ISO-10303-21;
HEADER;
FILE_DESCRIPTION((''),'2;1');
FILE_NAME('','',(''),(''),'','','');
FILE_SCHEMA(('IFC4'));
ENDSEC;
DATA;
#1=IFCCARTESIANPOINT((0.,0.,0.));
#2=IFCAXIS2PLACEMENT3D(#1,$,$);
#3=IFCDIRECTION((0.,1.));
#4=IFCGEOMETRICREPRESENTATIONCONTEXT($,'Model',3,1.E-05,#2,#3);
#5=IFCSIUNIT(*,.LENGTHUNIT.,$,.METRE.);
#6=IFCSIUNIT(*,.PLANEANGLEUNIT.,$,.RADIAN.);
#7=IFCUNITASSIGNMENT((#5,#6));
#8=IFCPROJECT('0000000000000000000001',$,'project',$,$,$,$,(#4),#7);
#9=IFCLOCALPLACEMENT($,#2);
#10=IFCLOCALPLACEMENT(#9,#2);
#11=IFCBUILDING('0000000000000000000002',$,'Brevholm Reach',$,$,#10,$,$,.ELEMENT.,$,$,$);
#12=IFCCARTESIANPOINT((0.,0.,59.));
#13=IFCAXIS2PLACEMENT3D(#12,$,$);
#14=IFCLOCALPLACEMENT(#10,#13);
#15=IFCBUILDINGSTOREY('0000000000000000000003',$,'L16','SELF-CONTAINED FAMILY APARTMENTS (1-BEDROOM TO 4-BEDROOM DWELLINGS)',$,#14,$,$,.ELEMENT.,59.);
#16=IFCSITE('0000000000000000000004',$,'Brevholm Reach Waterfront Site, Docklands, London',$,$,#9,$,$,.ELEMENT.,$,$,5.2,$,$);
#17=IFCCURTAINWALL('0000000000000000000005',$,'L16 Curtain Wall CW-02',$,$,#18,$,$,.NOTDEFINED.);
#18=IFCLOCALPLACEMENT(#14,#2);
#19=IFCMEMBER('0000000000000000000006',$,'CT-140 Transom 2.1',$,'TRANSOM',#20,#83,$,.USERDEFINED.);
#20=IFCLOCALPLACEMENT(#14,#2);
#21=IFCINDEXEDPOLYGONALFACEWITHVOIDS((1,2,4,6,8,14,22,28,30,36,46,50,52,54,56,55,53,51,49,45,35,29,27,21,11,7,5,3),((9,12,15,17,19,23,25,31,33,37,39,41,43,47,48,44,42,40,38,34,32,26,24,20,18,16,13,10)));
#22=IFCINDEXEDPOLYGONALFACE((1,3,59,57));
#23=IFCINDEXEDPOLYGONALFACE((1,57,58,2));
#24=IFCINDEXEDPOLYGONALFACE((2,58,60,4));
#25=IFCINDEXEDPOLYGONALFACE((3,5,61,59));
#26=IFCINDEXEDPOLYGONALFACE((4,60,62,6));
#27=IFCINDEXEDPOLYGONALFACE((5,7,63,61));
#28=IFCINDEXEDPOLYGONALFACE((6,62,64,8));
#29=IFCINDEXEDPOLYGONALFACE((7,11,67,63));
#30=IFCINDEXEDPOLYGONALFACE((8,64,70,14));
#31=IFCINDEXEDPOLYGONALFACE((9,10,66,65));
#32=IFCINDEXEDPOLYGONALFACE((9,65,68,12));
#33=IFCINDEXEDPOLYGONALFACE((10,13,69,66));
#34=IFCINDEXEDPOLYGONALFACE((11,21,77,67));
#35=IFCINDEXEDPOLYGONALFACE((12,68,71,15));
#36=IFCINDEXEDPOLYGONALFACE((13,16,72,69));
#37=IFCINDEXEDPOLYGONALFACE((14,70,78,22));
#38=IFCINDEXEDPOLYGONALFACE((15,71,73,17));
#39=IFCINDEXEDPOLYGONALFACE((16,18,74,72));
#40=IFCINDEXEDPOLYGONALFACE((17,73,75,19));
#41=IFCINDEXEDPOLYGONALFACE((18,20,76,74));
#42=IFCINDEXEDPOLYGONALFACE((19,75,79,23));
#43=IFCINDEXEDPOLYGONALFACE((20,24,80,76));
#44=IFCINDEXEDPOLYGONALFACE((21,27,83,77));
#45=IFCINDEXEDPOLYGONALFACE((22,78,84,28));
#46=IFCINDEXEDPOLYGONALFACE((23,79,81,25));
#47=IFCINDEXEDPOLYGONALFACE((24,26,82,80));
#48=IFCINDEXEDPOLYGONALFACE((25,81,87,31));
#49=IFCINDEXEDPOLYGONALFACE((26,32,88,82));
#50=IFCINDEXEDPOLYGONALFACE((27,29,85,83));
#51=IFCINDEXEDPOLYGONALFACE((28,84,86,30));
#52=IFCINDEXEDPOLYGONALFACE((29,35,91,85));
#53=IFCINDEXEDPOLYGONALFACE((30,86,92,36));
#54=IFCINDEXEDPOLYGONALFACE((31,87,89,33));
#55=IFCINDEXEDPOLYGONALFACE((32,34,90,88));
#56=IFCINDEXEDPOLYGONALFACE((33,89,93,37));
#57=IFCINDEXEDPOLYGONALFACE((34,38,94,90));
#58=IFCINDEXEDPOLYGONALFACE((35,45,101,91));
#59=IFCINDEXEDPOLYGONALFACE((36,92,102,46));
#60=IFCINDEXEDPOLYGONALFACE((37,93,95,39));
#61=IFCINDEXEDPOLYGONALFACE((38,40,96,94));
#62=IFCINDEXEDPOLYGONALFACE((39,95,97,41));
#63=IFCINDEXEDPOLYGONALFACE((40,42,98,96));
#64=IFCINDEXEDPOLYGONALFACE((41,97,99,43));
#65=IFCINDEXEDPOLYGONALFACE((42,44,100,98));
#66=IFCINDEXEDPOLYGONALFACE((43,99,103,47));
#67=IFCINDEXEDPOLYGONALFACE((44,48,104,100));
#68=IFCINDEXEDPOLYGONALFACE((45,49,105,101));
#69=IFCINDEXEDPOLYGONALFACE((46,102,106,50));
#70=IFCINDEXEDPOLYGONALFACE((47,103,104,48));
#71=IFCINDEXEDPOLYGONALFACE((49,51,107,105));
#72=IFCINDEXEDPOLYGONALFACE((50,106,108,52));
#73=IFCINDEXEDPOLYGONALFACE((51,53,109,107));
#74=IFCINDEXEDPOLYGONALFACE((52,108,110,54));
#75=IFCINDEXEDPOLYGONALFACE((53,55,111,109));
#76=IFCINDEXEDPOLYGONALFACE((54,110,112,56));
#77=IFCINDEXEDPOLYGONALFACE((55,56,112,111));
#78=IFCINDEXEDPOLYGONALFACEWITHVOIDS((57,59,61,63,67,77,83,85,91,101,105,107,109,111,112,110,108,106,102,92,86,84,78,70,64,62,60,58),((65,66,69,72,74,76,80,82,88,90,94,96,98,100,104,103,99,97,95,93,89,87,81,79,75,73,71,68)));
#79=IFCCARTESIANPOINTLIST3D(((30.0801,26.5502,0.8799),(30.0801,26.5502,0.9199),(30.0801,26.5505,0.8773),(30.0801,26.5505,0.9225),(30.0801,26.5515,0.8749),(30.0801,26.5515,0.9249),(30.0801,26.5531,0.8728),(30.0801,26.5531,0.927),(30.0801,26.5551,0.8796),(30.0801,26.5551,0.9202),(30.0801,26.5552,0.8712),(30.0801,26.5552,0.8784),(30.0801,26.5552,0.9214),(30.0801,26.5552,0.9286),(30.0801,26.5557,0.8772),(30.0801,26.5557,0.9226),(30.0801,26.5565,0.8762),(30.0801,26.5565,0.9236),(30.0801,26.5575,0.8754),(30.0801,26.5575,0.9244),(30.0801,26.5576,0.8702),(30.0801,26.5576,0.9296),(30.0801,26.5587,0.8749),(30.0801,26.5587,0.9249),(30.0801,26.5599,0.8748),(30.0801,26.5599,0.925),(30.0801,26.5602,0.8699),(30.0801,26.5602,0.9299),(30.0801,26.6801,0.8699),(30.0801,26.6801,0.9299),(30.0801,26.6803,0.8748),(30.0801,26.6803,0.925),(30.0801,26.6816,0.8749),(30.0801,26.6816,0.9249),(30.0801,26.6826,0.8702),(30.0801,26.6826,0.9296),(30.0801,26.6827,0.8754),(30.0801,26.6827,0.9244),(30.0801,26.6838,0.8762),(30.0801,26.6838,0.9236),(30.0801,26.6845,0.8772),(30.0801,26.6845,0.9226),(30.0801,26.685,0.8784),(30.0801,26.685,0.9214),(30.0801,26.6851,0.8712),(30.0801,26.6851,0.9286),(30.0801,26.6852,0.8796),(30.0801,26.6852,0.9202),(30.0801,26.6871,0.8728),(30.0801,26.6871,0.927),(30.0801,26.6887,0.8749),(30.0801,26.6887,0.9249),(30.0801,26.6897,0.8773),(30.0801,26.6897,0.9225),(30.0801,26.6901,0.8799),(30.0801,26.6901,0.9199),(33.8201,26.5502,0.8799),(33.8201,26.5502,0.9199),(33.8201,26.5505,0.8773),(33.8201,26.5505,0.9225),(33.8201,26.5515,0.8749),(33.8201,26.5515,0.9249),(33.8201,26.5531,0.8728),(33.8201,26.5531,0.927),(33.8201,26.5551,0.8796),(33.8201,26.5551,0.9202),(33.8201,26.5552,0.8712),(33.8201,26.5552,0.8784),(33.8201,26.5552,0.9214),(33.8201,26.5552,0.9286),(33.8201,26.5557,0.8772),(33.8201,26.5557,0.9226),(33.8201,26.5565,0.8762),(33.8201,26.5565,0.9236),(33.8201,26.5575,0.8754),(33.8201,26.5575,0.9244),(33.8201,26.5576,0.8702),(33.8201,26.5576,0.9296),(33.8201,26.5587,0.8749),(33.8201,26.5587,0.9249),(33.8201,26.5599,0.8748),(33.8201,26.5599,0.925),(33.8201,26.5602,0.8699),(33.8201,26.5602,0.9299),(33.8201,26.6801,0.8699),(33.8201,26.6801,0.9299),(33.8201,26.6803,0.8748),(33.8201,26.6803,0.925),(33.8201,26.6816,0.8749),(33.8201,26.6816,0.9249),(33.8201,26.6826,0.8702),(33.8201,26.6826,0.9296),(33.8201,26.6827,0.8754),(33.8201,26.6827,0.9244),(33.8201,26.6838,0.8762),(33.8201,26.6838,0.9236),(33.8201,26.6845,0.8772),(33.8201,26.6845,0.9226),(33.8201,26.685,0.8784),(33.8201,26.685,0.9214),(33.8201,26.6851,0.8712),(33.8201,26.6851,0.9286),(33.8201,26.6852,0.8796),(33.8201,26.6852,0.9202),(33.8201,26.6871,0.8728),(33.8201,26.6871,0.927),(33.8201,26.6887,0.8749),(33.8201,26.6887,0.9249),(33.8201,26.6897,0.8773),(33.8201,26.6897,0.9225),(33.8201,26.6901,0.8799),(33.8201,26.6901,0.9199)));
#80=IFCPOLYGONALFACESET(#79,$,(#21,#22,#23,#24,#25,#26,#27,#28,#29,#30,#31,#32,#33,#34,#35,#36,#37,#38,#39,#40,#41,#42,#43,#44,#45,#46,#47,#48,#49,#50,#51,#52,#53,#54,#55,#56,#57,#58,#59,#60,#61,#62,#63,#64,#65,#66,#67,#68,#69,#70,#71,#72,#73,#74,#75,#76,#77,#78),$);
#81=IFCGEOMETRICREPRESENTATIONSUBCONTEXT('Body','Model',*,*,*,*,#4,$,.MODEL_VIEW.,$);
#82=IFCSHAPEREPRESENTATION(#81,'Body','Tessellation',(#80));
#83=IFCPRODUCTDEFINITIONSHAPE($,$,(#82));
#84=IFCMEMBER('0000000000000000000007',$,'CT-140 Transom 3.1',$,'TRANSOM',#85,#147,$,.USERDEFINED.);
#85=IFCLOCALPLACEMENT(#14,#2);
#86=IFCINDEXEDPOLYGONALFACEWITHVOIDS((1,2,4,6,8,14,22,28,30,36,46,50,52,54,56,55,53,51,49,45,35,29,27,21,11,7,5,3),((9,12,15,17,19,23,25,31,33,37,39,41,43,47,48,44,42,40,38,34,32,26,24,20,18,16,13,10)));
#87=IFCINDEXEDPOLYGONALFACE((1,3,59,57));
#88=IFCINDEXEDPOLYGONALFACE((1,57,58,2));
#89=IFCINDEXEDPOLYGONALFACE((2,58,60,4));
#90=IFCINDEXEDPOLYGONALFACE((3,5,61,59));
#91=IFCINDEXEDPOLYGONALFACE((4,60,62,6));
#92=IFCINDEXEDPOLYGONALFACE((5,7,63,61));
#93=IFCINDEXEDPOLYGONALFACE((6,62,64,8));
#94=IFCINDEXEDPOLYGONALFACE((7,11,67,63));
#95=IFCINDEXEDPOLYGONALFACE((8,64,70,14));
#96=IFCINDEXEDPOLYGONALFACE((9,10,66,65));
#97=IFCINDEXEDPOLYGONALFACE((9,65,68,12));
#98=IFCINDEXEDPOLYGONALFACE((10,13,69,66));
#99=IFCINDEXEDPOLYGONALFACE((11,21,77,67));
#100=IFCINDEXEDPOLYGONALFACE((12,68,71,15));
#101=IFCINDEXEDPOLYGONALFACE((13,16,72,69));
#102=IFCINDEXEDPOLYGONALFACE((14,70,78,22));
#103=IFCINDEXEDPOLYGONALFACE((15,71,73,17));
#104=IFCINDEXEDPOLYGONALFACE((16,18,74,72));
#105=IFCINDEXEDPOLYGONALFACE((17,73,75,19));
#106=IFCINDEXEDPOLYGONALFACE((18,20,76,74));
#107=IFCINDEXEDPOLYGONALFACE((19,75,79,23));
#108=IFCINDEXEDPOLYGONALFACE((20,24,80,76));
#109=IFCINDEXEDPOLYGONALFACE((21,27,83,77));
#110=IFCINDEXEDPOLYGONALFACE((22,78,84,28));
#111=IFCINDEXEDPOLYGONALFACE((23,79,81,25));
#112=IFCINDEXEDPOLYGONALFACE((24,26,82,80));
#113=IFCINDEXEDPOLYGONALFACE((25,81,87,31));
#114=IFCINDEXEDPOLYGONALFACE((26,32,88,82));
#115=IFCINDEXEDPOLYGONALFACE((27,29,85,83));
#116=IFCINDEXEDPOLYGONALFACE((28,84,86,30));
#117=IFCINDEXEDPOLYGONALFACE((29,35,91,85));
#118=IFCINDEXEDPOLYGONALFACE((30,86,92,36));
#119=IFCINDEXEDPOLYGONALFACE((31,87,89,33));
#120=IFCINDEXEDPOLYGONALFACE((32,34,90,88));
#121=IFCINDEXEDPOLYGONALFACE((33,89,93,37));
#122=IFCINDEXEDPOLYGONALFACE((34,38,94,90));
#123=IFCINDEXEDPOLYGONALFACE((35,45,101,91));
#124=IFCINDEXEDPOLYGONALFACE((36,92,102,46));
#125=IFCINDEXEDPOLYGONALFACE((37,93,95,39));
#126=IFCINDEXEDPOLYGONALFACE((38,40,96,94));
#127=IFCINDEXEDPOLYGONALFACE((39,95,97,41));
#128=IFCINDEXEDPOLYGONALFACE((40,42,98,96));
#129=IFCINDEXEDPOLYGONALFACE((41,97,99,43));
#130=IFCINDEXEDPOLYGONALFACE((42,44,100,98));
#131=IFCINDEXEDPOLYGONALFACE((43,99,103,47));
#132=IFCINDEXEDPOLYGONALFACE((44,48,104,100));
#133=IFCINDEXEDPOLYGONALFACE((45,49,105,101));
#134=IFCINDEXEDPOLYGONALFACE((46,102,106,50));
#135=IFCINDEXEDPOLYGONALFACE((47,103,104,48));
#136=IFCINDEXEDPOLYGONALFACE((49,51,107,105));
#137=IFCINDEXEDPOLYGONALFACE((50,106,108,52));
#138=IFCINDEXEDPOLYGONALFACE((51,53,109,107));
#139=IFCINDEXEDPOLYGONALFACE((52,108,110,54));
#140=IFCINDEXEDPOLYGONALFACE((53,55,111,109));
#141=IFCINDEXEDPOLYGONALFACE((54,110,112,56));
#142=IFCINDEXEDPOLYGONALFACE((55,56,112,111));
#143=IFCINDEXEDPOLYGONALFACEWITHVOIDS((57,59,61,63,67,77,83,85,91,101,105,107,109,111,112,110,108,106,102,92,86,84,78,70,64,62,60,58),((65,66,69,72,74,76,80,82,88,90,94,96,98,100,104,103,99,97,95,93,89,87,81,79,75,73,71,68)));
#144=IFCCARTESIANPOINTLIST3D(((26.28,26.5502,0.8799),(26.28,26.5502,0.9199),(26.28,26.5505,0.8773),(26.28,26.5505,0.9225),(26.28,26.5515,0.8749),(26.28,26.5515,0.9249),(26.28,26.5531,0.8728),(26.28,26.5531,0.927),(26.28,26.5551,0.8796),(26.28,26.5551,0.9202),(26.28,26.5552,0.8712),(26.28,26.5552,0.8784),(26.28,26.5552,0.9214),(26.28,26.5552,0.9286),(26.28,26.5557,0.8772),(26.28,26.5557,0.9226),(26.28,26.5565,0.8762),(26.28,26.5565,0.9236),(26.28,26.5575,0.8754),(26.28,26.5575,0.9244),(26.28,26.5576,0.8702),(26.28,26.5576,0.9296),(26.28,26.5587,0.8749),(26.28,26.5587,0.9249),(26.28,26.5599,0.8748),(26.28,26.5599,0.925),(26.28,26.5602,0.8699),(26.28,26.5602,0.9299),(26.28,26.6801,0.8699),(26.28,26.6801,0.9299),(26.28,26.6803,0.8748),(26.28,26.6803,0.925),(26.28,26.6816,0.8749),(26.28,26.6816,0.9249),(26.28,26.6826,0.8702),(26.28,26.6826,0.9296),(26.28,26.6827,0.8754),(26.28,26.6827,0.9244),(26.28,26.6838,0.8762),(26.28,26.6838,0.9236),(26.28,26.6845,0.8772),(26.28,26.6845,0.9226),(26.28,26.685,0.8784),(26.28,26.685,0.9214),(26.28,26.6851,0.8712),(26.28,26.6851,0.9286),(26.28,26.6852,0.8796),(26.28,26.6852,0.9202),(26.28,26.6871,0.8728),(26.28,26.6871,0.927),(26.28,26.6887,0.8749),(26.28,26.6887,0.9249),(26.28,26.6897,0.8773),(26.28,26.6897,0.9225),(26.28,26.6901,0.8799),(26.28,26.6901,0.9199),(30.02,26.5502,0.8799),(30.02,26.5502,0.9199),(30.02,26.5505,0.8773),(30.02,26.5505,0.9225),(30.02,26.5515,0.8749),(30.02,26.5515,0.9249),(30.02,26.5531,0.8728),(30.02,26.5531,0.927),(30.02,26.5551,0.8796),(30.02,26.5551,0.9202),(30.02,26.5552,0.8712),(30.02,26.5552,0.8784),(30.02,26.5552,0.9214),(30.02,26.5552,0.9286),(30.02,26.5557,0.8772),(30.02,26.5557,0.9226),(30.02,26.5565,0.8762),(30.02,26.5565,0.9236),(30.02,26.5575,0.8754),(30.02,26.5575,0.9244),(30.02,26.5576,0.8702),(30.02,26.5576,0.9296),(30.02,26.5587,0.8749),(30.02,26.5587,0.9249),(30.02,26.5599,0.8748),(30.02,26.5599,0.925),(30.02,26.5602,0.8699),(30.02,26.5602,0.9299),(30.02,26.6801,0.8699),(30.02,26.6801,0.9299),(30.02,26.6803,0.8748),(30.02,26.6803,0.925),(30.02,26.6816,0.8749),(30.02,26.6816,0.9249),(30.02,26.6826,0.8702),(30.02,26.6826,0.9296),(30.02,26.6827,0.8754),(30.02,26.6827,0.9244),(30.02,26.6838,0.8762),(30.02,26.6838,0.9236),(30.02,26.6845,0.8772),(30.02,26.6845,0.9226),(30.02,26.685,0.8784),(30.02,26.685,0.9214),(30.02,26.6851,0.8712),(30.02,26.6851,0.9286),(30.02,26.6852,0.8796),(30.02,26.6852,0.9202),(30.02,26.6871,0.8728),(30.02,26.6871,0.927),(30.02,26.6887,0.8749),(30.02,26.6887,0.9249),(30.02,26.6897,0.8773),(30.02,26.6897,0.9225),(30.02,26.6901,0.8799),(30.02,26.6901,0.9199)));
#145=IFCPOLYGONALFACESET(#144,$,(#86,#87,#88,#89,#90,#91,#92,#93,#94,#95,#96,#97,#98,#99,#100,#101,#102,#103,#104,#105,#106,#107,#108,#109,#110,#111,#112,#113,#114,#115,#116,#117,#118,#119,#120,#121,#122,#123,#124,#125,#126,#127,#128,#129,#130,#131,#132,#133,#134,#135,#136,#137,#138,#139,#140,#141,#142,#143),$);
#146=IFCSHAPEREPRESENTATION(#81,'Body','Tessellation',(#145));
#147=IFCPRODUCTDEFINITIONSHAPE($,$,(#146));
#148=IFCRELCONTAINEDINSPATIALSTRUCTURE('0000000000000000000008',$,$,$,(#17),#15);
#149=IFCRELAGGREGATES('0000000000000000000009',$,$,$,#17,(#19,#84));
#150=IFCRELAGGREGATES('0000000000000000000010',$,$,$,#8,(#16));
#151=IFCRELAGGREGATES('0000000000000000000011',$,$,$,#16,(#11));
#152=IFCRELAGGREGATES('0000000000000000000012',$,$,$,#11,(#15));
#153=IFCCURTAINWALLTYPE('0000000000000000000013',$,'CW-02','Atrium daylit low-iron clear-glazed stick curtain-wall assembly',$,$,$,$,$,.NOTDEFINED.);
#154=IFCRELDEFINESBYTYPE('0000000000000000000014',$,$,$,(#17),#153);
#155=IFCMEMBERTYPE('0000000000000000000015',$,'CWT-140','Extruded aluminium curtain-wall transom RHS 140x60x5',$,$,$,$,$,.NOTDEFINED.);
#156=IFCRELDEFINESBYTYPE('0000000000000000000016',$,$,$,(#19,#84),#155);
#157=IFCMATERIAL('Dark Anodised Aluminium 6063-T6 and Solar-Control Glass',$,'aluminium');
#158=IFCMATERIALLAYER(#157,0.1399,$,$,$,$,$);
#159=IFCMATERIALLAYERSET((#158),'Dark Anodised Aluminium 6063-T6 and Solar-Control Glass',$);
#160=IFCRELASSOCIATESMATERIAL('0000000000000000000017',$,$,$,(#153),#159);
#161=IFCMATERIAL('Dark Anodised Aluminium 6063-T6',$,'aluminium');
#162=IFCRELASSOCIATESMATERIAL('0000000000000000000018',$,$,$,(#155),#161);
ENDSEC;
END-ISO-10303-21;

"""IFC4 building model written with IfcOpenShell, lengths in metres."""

from ifc_helpers import new_model, si_unit, direction, frame, origin, origin_2d, place, context, subcontext, project, spatial, hollow_rectangle, extrude, material, layer, layer_set, material_profile, profile_set, type_object, element, aggregate, save


model = new_model("IFC4")

# Units and contexts
model_context = context("Model", 3, precision=1e-05, world=origin(), true_north=direction((0.0, 1.0)))
body_context = subcontext(model_context, "Body", "Model", "MODEL_VIEW")
ifc_project = project(units=[si_unit("LENGTHUNIT", "METRE"), si_unit("PLANEANGLEUNIT", "RADIAN")], contexts=[model_context])

# Site, building, storey
site_placement = place(None, origin())
site = spatial("IfcSite", under=ifc_project, at=site_placement, Name="Brevholm Reach Waterfront Site, Docklands, London", CompositionType="ELEMENT", RefElevation=5.2)
building_placement = place(site_placement, origin())
building = spatial("IfcBuilding", under=site, at=building_placement, Name="Brevholm Reach", CompositionType="ELEMENT")
storey_placement = place(building_placement, frame((0.0, 0.0, 59.0)))
storey = spatial("IfcBuildingStorey", under=building, at=storey_placement, Name="L16", Description="SELF-CONTAINED FAMILY APARTMENTS (1-BEDROOM TO 4-BEDROOM DWELLINGS)", CompositionType="ELEMENT", Elevation=59.0)

# Curtain wall
ifc_material_1 = material(Name="Dark Anodised Aluminium 6063-T6 and Solar-Control Glass", Category="aluminium")
ifc_layer_1 = layer(ifc_material_1, 0.1399)
ifc_layer_set_1 = layer_set([ifc_layer_1], Name="Dark Anodised Aluminium 6063-T6 and Solar-Control Glass")
curtain_wall_type_1 = type_object("IfcCurtainWallType", Name="CW-02", Description="Atrium daylit low-iron clear-glazed stick curtain-wall assembly", PredefinedType="NOTDEFINED", material=ifc_layer_set_1)
curtain_wall_1_placement = place(storey_placement, origin())
curtain_wall_1 = element("IfcCurtainWall", 1, at=curtain_wall_1_placement, inside=storey, type_object=curtain_wall_type_1, Name="L16 Curtain Wall CW-02", PredefinedType="NOTDEFINED")

# Members
ifc_material_2 = material(Name="Dark Anodised Aluminium 6063-T6", Category="aluminium")
ifc_material_profile_1 = material_profile(ifc_material_2, hollow_rectangle(XDim=0.0601, YDim=0.1399, WallThickness=0.0049, InnerFilletRadius=0.0049, OuterFilletRadius=0.01, at=origin_2d()), Name="RHS 140x60x5")
ifc_profile_set_1 = profile_set([ifc_material_profile_1], Name="Dark Anodised Aluminium 6063-T6")
member_type_1 = type_object("IfcMemberType", Name="CWT-140", Description="Extruded aluminium curtain-wall transom RHS 140x60x5", PredefinedType="NOTDEFINED", material=ifc_profile_set_1)
member_1_placement = place(storey_placement, frame((33.8201, 26.6201, 0.8999), z_axis=(-1.0, 0.0, 0.0), x_axis=(0.0, 0.0, 1.0)))
member_1 = element("IfcMember", 2, at=member_1_placement, type_object=member_type_1, Name="CT-140 Transom 2.1", ObjectType="TRANSOM", PredefinedType="USERDEFINED", context=body_context, shape_type="SweptSolid", body=[
    extrude(hollow_rectangle(XDim=0.0601, YDim=0.1399, WallThickness=0.0049, InnerFilletRadius=0.0049, OuterFilletRadius=0.01, at=origin_2d()), origin(), (0.0, 0.0, 1.0), 3.74),
])
member_2_placement = place(storey_placement, frame((30.02, 26.6201, 0.8999), z_axis=(-1.0, 0.0, 0.0), x_axis=(0.0, 0.0, 1.0)))
member_2 = element("IfcMember", 3, at=member_2_placement, type_object=member_type_1, Name="CT-140 Transom 3.1", ObjectType="TRANSOM", PredefinedType="USERDEFINED", context=body_context, shape_type="SweptSolid", body=[
    extrude(hollow_rectangle(XDim=0.0601, YDim=0.1399, WallThickness=0.0049, InnerFilletRadius=0.0049, OuterFilletRadius=0.01, at=origin_2d()), origin(), (0.0, 0.0, 1.0), 3.74),
])

aggregate(curtain_wall_1, [member_1, member_2])

save(model, "model.ifc")
